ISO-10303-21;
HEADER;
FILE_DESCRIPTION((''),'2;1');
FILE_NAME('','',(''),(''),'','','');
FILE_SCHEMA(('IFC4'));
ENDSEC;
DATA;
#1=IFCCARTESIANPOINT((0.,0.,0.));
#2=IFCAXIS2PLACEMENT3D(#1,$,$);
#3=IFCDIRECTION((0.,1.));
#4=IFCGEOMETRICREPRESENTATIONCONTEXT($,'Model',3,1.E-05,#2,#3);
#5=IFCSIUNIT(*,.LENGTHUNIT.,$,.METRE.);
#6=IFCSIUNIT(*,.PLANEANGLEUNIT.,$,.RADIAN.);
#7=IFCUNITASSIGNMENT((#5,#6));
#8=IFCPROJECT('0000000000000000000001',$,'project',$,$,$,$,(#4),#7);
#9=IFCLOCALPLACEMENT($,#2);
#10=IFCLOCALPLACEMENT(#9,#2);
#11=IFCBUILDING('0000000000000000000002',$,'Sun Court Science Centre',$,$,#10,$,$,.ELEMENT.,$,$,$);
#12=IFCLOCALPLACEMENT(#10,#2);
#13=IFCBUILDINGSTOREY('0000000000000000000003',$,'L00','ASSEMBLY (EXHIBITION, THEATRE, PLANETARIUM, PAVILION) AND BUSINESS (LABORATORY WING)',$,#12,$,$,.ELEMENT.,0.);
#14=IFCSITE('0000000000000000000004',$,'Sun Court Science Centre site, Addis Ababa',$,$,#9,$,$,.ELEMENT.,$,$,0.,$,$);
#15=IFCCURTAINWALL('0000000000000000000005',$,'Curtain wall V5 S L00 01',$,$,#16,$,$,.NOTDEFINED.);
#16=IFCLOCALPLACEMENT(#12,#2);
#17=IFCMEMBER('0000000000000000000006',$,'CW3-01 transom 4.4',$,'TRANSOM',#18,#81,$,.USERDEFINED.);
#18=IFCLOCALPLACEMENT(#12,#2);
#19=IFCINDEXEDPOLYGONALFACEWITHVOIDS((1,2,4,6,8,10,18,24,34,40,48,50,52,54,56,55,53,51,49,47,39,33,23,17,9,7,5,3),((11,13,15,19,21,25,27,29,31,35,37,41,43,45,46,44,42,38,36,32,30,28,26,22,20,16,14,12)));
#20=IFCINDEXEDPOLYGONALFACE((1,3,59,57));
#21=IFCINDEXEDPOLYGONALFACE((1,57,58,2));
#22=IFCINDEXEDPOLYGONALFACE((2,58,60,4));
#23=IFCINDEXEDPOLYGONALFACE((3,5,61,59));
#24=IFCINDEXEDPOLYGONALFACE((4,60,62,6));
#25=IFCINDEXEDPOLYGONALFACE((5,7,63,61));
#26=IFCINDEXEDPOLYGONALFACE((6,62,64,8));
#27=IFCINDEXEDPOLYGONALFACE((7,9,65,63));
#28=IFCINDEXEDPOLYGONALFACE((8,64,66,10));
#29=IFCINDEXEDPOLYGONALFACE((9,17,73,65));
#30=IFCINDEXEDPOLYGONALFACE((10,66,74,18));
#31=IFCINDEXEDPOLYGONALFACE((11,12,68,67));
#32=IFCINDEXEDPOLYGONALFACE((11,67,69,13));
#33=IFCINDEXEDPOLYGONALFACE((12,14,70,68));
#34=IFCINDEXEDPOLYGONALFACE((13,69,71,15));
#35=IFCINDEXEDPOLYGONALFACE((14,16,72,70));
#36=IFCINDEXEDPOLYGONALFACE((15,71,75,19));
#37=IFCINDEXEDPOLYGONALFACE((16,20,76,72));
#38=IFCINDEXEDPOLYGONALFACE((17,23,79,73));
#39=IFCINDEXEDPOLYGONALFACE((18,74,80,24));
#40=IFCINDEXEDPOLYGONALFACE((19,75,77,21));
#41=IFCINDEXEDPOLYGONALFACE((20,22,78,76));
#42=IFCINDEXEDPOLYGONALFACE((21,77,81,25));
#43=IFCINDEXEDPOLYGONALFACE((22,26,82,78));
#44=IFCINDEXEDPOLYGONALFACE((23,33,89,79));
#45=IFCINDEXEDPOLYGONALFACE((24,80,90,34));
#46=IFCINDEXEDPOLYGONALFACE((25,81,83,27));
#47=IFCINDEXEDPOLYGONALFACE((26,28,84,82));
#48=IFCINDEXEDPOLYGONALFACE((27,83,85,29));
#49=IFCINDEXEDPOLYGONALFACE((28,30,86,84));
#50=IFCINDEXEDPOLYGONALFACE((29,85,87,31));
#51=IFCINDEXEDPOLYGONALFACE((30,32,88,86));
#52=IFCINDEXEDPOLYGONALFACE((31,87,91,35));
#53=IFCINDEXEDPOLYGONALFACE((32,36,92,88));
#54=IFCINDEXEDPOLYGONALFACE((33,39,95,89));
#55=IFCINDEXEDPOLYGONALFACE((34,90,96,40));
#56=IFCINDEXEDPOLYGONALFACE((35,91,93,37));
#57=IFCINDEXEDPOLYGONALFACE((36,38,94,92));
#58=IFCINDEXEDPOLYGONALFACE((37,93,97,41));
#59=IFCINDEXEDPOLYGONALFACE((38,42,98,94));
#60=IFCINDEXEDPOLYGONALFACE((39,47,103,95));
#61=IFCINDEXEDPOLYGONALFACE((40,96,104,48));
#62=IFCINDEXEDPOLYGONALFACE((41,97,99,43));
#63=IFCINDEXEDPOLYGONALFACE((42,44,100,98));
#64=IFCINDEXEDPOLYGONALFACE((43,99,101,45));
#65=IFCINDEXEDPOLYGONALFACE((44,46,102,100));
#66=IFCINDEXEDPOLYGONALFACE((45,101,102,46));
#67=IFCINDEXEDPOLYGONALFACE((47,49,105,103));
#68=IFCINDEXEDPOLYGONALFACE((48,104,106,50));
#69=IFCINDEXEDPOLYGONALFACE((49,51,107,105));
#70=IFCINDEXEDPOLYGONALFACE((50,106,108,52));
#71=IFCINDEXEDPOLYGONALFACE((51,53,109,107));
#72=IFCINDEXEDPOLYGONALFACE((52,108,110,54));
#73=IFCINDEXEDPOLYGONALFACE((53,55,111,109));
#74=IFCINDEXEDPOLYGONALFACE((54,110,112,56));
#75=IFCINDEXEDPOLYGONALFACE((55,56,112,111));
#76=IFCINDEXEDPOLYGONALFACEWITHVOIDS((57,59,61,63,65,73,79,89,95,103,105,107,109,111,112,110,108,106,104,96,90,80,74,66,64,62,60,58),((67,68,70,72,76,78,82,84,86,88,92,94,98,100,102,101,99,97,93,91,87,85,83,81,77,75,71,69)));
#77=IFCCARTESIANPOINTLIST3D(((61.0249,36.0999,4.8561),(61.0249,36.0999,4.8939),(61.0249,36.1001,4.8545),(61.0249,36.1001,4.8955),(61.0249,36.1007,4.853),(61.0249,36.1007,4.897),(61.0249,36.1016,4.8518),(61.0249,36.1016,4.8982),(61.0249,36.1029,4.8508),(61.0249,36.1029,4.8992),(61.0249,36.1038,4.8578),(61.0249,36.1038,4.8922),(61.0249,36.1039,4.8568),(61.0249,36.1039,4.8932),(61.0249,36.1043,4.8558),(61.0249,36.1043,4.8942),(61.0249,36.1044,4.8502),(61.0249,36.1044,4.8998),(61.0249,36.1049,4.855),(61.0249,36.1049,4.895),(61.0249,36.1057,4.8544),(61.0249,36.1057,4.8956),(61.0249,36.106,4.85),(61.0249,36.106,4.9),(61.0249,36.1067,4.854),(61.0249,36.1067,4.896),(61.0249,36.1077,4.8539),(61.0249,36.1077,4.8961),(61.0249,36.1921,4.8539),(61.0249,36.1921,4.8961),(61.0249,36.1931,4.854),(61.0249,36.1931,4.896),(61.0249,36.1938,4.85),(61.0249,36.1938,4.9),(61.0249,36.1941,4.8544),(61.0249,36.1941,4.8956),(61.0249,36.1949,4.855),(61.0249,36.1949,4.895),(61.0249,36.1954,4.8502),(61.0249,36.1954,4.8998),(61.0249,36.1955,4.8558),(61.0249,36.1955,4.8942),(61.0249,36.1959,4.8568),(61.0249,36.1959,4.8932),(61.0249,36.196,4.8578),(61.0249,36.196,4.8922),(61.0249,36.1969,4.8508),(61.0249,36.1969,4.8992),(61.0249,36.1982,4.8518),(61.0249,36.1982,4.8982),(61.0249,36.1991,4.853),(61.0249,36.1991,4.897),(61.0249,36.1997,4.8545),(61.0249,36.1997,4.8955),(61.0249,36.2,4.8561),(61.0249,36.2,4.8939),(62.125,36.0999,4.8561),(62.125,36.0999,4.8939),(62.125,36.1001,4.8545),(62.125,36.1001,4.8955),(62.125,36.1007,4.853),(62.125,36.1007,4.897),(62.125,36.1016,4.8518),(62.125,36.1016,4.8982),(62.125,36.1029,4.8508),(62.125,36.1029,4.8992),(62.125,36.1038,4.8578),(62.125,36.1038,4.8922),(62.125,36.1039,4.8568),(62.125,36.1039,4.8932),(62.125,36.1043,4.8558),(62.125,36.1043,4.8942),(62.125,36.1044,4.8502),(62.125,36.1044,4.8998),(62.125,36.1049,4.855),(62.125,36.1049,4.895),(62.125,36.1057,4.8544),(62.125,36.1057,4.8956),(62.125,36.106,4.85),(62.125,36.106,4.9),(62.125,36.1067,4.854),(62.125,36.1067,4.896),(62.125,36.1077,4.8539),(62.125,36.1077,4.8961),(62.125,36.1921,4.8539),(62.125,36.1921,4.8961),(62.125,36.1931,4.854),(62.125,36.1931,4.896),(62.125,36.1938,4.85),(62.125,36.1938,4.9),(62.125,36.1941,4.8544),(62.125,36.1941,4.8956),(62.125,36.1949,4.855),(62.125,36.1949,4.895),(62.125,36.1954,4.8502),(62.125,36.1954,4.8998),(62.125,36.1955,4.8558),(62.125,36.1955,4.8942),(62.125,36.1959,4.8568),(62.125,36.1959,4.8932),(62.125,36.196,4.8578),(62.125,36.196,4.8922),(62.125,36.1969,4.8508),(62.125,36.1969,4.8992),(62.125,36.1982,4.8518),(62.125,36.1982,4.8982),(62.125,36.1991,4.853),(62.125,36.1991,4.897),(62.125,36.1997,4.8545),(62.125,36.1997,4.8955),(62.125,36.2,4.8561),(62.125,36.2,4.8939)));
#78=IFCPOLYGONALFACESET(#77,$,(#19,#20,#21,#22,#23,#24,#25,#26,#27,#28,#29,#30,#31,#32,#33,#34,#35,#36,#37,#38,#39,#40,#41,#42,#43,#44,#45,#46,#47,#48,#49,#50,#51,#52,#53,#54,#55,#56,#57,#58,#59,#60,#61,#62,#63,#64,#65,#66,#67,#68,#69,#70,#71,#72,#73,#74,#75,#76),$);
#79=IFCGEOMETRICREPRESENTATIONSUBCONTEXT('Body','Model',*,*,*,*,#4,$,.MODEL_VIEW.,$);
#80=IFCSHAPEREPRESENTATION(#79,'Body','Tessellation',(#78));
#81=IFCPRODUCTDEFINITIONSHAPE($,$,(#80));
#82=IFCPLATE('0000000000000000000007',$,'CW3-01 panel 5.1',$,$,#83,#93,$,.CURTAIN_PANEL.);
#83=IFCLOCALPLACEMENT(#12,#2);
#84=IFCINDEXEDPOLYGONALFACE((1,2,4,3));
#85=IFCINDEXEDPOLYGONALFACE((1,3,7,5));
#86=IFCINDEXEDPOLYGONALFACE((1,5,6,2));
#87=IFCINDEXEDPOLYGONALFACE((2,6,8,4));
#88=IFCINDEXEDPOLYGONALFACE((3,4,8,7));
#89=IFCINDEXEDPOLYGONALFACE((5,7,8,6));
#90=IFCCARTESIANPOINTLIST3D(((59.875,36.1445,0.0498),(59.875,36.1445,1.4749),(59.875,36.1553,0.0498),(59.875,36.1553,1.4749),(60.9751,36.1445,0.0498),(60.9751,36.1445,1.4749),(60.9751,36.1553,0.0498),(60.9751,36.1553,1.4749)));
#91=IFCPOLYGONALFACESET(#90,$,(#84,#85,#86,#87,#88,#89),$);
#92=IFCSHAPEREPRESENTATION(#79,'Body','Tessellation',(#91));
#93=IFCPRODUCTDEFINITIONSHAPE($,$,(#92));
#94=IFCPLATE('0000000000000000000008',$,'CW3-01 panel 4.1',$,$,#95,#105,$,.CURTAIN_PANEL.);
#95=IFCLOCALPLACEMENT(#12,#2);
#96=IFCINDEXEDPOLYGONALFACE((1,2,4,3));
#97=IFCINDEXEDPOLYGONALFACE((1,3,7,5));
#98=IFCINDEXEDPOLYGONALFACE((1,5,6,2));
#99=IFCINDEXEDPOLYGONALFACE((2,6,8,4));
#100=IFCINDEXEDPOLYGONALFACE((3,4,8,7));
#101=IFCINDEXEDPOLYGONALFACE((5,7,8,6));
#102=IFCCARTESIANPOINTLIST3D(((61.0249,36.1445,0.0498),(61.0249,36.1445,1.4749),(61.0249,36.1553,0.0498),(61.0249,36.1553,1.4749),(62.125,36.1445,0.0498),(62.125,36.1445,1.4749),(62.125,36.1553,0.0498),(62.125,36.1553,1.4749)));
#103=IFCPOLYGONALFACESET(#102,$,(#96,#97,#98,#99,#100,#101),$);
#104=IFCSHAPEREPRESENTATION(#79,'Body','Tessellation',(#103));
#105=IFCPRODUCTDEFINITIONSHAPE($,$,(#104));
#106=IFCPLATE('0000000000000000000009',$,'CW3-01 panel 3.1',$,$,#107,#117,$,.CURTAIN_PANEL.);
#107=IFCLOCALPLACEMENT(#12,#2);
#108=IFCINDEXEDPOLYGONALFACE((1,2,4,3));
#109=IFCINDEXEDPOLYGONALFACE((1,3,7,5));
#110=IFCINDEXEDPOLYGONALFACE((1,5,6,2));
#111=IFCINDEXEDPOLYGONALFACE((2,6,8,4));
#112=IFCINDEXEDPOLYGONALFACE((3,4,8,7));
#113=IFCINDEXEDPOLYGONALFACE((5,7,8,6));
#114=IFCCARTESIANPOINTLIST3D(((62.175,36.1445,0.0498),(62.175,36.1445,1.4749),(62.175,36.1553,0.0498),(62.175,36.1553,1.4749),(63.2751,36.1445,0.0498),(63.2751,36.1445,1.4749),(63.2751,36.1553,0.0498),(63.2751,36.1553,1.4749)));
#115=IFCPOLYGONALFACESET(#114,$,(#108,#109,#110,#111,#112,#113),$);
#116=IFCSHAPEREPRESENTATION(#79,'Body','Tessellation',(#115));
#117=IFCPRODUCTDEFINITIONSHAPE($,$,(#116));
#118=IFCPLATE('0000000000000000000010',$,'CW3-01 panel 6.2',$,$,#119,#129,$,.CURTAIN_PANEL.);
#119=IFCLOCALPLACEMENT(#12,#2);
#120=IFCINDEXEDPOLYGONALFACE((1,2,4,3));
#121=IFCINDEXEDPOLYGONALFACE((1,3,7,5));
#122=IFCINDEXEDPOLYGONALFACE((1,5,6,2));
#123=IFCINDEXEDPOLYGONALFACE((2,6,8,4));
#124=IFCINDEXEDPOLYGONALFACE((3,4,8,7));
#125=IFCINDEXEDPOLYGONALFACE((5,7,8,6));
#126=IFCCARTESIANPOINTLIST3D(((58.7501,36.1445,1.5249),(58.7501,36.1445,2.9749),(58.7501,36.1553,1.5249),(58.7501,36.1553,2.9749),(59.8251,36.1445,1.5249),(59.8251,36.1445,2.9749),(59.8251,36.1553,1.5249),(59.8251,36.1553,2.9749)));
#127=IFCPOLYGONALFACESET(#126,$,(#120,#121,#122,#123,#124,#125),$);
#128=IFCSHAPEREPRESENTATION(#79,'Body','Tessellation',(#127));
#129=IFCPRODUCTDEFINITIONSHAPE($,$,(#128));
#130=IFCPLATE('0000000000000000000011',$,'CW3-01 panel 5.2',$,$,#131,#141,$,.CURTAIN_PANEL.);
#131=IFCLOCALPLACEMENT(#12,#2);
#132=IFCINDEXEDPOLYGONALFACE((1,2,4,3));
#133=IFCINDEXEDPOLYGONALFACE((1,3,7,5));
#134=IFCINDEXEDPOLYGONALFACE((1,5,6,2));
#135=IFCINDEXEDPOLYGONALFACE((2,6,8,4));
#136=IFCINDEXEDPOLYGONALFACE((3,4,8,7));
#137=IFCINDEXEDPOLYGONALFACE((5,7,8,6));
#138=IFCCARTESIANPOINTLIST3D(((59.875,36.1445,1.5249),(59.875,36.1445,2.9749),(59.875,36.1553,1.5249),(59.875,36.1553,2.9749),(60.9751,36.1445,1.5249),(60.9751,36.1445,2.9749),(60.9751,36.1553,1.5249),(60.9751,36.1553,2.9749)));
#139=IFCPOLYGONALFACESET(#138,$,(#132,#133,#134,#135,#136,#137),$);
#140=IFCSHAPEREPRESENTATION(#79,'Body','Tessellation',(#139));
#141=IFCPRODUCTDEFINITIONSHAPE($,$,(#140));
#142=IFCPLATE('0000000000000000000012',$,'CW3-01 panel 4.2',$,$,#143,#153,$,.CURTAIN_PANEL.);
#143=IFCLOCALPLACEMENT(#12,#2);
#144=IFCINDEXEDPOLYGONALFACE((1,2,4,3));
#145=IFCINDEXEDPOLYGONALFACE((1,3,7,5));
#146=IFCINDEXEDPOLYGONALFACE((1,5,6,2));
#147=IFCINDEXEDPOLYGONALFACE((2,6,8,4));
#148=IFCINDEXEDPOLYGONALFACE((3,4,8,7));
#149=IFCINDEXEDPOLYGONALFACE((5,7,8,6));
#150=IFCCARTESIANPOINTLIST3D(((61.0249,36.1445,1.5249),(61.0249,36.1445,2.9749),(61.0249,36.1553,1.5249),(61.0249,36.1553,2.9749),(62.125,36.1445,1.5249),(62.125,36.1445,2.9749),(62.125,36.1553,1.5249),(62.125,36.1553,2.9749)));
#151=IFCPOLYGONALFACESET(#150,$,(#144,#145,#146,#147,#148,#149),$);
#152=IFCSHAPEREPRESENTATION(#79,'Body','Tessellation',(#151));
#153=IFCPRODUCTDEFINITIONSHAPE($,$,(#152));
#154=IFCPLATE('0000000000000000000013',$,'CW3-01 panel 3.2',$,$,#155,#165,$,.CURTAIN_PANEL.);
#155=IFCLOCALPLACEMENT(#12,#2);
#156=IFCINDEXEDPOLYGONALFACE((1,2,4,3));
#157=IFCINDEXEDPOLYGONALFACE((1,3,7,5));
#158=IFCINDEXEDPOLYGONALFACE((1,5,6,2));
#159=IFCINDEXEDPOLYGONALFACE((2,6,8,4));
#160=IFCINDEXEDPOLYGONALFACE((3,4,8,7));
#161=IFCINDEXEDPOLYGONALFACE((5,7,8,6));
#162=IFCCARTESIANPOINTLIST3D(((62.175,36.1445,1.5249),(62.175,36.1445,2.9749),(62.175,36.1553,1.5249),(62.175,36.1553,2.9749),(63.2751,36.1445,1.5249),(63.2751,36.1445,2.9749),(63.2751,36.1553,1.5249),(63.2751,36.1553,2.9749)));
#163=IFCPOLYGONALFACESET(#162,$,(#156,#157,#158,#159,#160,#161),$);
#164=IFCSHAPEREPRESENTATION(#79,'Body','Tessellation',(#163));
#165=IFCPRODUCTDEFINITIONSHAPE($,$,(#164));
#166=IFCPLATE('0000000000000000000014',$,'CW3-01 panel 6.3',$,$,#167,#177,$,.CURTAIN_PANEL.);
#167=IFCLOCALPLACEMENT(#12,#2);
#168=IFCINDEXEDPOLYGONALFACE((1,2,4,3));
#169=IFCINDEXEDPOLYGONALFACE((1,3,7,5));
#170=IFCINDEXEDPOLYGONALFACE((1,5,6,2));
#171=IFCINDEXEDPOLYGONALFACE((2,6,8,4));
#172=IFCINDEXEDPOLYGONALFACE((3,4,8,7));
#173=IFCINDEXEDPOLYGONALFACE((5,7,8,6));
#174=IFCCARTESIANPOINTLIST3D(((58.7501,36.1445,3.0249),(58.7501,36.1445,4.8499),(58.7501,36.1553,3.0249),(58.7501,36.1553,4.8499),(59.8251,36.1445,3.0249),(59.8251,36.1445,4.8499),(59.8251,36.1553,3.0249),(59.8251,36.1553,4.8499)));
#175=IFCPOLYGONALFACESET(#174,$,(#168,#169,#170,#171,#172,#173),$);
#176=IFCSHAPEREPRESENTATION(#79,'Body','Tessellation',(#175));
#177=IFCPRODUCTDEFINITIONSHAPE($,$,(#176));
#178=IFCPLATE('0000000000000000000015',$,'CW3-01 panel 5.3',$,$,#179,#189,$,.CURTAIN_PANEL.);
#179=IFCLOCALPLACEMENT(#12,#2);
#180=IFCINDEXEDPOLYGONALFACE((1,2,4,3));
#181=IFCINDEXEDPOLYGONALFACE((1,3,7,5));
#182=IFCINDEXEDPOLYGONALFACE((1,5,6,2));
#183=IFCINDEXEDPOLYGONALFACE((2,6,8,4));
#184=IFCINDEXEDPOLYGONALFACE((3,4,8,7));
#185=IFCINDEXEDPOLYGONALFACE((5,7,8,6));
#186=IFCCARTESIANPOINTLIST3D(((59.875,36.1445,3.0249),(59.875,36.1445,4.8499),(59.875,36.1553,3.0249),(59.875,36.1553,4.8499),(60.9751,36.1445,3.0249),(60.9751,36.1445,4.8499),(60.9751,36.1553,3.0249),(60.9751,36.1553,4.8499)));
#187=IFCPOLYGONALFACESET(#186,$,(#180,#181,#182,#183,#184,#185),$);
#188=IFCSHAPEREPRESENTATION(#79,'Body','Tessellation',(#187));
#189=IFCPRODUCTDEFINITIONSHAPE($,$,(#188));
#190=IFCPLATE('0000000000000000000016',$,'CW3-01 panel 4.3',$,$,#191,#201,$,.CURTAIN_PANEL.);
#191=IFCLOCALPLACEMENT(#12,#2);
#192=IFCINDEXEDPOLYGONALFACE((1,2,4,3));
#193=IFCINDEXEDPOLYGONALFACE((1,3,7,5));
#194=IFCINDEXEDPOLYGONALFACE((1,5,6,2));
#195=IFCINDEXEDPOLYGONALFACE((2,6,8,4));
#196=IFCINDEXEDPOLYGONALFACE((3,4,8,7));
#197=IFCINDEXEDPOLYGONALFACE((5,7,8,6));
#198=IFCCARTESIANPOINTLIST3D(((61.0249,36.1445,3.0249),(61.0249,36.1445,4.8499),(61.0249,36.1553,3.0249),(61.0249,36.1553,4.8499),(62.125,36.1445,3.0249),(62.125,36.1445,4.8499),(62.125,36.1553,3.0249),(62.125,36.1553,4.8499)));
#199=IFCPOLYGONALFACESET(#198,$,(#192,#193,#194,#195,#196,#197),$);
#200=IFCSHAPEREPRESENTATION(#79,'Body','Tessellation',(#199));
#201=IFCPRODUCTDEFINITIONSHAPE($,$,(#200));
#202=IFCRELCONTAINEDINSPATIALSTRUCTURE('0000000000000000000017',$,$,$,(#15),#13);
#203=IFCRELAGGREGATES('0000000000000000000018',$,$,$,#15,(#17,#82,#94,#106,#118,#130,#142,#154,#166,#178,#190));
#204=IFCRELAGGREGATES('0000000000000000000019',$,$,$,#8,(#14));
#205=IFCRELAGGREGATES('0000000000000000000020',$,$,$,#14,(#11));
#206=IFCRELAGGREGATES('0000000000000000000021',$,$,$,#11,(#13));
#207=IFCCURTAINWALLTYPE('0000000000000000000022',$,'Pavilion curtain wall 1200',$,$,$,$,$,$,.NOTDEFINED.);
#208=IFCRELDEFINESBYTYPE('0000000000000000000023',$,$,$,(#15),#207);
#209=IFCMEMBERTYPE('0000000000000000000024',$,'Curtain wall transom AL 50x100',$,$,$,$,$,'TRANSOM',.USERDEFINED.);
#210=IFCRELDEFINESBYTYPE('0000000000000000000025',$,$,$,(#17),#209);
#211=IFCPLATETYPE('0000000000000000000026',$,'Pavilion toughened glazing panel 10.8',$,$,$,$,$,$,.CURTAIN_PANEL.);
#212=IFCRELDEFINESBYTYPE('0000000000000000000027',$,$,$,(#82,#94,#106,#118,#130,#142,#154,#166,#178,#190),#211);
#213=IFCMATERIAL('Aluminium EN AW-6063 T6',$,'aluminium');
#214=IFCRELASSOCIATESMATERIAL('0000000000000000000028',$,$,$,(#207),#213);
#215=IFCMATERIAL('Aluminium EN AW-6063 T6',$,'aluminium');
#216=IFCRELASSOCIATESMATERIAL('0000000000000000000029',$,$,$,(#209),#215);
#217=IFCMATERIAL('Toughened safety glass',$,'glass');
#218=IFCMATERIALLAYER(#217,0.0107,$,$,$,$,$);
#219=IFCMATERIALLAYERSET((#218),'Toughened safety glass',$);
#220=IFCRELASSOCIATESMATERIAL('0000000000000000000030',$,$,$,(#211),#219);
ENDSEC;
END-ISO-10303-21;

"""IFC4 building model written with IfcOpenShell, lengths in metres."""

from ifc_helpers import new_model, si_unit, direction, frame, origin, origin_2d, place, context, subcontext, project, spatial, rectangle, hollow_rectangle, extrude, material, layer, layer_set, material_profile, profile_set, type_object, element, aggregate, save


model = new_model("IFC4")

# Units and contexts
model_context = context("Model", 3, precision=1e-05, world=origin(), true_north=direction((0.0, 1.0)))
body_context = subcontext(model_context, "Body", "Model", "MODEL_VIEW")
ifc_project = project(units=[si_unit("LENGTHUNIT", "METRE"), si_unit("PLANEANGLEUNIT", "RADIAN")], contexts=[model_context])

# Site, building, storey
site_placement = place(None, origin())
site = spatial("IfcSite", under=ifc_project, at=site_placement, Name="Sun Court Science Centre site, Addis Ababa", CompositionType="ELEMENT", RefElevation=0.0)
building_placement = place(site_placement, origin())
building = spatial("IfcBuilding", under=site, at=building_placement, Name="Sun Court Science Centre", CompositionType="ELEMENT")
storey_placement = place(building_placement, origin())
storey = spatial("IfcBuildingStorey", under=building, at=storey_placement, Name="L00", Description="ASSEMBLY (EXHIBITION, THEATRE, PLANETARIUM, PAVILION) AND BUSINESS (LABORATORY WING)", CompositionType="ELEMENT", Elevation=0.0)

# Curtain wall, member, plates
ifc_material_1 = material(Name="Aluminium EN AW-6063 T6", Category="aluminium")
curtain_wall_type = type_object("IfcCurtainWallType", Name="Pavilion curtain wall 1200", PredefinedType="NOTDEFINED", material=ifc_material_1)
curtain_wall_placement = place(storey_placement, origin())
curtain_wall = element("IfcCurtainWall", 1, at=curtain_wall_placement, inside=storey, type_object=curtain_wall_type, Name="Curtain wall V5 S L00 01", PredefinedType="NOTDEFINED")
ifc_material_2 = material(Name="Aluminium EN AW-6063 T6", Category="aluminium")
ifc_material_profile_1 = material_profile(ifc_material_2, hollow_rectangle(XDim=0.05, YDim=0.1001, WallThickness=0.0039, InnerFilletRadius=0.0039, OuterFilletRadius=0.0061, at=origin_2d()), Name="AL 50x100x4")
ifc_profile_set_1 = profile_set([ifc_material_profile_1], Name="Aluminium EN AW-6063 T6")
member_type_1 = type_object("IfcMemberType", Name="Curtain wall transom AL 50x100", ElementType="TRANSOM", PredefinedType="USERDEFINED", material=ifc_profile_set_1)
member_1_placement = place(storey_placement, frame((62.125, 36.1499, 4.875), z_axis=(-1.0, 0.0, 0.0), x_axis=(0.0, 0.0, 1.0)))
member_1 = element("IfcMember", 2, at=member_1_placement, type_object=member_type_1, Name="CW3-01 transom 4.4", ObjectType="TRANSOM", PredefinedType="USERDEFINED", context=body_context, shape_type="SweptSolid", body=[
    extrude(hollow_rectangle(XDim=0.05, YDim=0.1001, WallThickness=0.0039, InnerFilletRadius=0.0039, OuterFilletRadius=0.0061, at=origin_2d()), origin(), (0.0, 0.0, 1.0), 1.1001),
])
ifc_material_3 = material(Name="Toughened safety glass", Category="glass")
ifc_layer_1 = layer(ifc_material_3, 0.0107)
ifc_layer_set_1 = layer_set([ifc_layer_1], Name="Toughened safety glass")
plate_type = type_object("IfcPlateType", Name="Pavilion toughened glazing panel 10.8", PredefinedType="CURTAIN_PANEL", material=ifc_layer_set_1)
plate_1_placement = place(storey_placement, frame((60.425, 36.1499, 0.0498), z_axis=(0.0, 0.0, 1.0), x_axis=(-1.0, 0.0, 0.0)))
plate_1 = element("IfcPlate", 3, at=plate_1_placement, type_object=plate_type, Name="CW3-01 panel 5.1", PredefinedType="CURTAIN_PANEL", context=body_context, shape_type="SweptSolid", body=[
    extrude(rectangle(XDim=1.1001, YDim=0.0107, at=origin_2d()), origin(), (0.0, 0.0, 1.0), 1.425),
])
plate_2_placement = place(storey_placement, frame((61.575, 36.1499, 0.0498), z_axis=(0.0, 0.0, 1.0), x_axis=(-1.0, 0.0, 0.0)))
plate_2 = element("IfcPlate", 4, at=plate_2_placement, type_object=plate_type, Name="CW3-01 panel 4.1", PredefinedType="CURTAIN_PANEL", context=body_context, shape_type="SweptSolid", body=[
    extrude(rectangle(XDim=1.1001, YDim=0.0107, at=origin_2d()), origin(), (0.0, 0.0, 1.0), 1.425),
])
plate_3_placement = place(storey_placement, frame((62.7251, 36.1499, 0.0498), z_axis=(0.0, 0.0, 1.0), x_axis=(-1.0, 0.0, 0.0)))
plate_3 = element("IfcPlate", 5, at=plate_3_placement, type_object=plate_type, Name="CW3-01 panel 3.1", PredefinedType="CURTAIN_PANEL", context=body_context, shape_type="SweptSolid", body=[
    extrude(rectangle(XDim=1.1001, YDim=0.0107, at=origin_2d()), origin(), (0.0, 0.0, 1.0), 1.425),
])
plate_4_placement = place(storey_placement, frame((59.2876, 36.1499, 1.5249), z_axis=(0.0, 0.0, 1.0), x_axis=(-1.0, 0.0, 0.0)))
plate_4 = element("IfcPlate", 6, at=plate_4_placement, type_object=plate_type, Name="CW3-01 panel 6.2", PredefinedType="CURTAIN_PANEL", context=body_context, shape_type="SweptSolid", body=[
    extrude(rectangle(XDim=1.075, YDim=0.0107, at=origin_2d()), origin(), (0.0, 0.0, 1.0), 1.45),
])
plate_5_placement = place(storey_placement, frame((60.425, 36.1499, 1.5249), z_axis=(0.0, 0.0, 1.0), x_axis=(-1.0, 0.0, 0.0)))
plate_5 = element("IfcPlate", 7, at=plate_5_placement, type_object=plate_type, Name="CW3-01 panel 5.2", PredefinedType="CURTAIN_PANEL", context=body_context, shape_type="SweptSolid", body=[
    extrude(rectangle(XDim=1.1001, YDim=0.0107, at=origin_2d()), origin(), (0.0, 0.0, 1.0), 1.45),
])
plate_6_placement = place(storey_placement, frame((61.575, 36.1499, 1.5249), z_axis=(0.0, 0.0, 1.0), x_axis=(-1.0, 0.0, 0.0)))
plate_6 = element("IfcPlate", 8, at=plate_6_placement, type_object=plate_type, Name="CW3-01 panel 4.2", PredefinedType="CURTAIN_PANEL", context=body_context, shape_type="SweptSolid", body=[
    extrude(rectangle(XDim=1.1001, YDim=0.0107, at=origin_2d()), origin(), (0.0, 0.0, 1.0), 1.45),
])
plate_7_placement = place(storey_placement, frame((62.7251, 36.1499, 1.5249), z_axis=(0.0, 0.0, 1.0), x_axis=(-1.0, 0.0, 0.0)))
plate_7 = element("IfcPlate", 9, at=plate_7_placement, type_object=plate_type, Name="CW3-01 panel 3.2", PredefinedType="CURTAIN_PANEL", context=body_context, shape_type="SweptSolid", body=[
    extrude(rectangle(XDim=1.1001, YDim=0.0107, at=origin_2d()), origin(), (0.0, 0.0, 1.0), 1.45),
])
plate_8_placement = place(storey_placement, frame((59.2876, 36.1499, 3.0249), z_axis=(0.0, 0.0, 1.0), x_axis=(-1.0, 0.0, 0.0)))
plate_8 = element("IfcPlate", 10, at=plate_8_placement, type_object=plate_type, Name="CW3-01 panel 6.3", PredefinedType="CURTAIN_PANEL", context=body_context, shape_type="SweptSolid", body=[
    extrude(rectangle(XDim=1.075, YDim=0.0107, at=origin_2d()), origin(), (0.0, 0.0, 1.0), 1.825),
])
plate_9_placement = place(storey_placement, frame((60.425, 36.1499, 3.0249), z_axis=(0.0, 0.0, 1.0), x_axis=(-1.0, 0.0, 0.0)))
plate_9 = element("IfcPlate", 11, at=plate_9_placement, type_object=plate_type, Name="CW3-01 panel 5.3", PredefinedType="CURTAIN_PANEL", context=body_context, shape_type="SweptSolid", body=[
    extrude(rectangle(XDim=1.1001, YDim=0.0107, at=origin_2d()), origin(), (0.0, 0.0, 1.0), 1.825),
])
plate_10_placement = place(storey_placement, frame((61.575, 36.1499, 3.0249), z_axis=(0.0, 0.0, 1.0), x_axis=(-1.0, 0.0, 0.0)))
plate_10 = element("IfcPlate", 12, at=plate_10_placement, type_object=plate_type, Name="CW3-01 panel 4.3", PredefinedType="CURTAIN_PANEL", context=body_context, shape_type="SweptSolid", body=[
    extrude(rectangle(XDim=1.1001, YDim=0.0107, at=origin_2d()), origin(), (0.0, 0.0, 1.0), 1.825),
])
aggregate(curtain_wall, [member_1, plate_1, plate_2, plate_3, plate_4, plate_5, plate_6, plate_7, plate_8, plate_9, plate_10])

save(model, "model.ifc")
